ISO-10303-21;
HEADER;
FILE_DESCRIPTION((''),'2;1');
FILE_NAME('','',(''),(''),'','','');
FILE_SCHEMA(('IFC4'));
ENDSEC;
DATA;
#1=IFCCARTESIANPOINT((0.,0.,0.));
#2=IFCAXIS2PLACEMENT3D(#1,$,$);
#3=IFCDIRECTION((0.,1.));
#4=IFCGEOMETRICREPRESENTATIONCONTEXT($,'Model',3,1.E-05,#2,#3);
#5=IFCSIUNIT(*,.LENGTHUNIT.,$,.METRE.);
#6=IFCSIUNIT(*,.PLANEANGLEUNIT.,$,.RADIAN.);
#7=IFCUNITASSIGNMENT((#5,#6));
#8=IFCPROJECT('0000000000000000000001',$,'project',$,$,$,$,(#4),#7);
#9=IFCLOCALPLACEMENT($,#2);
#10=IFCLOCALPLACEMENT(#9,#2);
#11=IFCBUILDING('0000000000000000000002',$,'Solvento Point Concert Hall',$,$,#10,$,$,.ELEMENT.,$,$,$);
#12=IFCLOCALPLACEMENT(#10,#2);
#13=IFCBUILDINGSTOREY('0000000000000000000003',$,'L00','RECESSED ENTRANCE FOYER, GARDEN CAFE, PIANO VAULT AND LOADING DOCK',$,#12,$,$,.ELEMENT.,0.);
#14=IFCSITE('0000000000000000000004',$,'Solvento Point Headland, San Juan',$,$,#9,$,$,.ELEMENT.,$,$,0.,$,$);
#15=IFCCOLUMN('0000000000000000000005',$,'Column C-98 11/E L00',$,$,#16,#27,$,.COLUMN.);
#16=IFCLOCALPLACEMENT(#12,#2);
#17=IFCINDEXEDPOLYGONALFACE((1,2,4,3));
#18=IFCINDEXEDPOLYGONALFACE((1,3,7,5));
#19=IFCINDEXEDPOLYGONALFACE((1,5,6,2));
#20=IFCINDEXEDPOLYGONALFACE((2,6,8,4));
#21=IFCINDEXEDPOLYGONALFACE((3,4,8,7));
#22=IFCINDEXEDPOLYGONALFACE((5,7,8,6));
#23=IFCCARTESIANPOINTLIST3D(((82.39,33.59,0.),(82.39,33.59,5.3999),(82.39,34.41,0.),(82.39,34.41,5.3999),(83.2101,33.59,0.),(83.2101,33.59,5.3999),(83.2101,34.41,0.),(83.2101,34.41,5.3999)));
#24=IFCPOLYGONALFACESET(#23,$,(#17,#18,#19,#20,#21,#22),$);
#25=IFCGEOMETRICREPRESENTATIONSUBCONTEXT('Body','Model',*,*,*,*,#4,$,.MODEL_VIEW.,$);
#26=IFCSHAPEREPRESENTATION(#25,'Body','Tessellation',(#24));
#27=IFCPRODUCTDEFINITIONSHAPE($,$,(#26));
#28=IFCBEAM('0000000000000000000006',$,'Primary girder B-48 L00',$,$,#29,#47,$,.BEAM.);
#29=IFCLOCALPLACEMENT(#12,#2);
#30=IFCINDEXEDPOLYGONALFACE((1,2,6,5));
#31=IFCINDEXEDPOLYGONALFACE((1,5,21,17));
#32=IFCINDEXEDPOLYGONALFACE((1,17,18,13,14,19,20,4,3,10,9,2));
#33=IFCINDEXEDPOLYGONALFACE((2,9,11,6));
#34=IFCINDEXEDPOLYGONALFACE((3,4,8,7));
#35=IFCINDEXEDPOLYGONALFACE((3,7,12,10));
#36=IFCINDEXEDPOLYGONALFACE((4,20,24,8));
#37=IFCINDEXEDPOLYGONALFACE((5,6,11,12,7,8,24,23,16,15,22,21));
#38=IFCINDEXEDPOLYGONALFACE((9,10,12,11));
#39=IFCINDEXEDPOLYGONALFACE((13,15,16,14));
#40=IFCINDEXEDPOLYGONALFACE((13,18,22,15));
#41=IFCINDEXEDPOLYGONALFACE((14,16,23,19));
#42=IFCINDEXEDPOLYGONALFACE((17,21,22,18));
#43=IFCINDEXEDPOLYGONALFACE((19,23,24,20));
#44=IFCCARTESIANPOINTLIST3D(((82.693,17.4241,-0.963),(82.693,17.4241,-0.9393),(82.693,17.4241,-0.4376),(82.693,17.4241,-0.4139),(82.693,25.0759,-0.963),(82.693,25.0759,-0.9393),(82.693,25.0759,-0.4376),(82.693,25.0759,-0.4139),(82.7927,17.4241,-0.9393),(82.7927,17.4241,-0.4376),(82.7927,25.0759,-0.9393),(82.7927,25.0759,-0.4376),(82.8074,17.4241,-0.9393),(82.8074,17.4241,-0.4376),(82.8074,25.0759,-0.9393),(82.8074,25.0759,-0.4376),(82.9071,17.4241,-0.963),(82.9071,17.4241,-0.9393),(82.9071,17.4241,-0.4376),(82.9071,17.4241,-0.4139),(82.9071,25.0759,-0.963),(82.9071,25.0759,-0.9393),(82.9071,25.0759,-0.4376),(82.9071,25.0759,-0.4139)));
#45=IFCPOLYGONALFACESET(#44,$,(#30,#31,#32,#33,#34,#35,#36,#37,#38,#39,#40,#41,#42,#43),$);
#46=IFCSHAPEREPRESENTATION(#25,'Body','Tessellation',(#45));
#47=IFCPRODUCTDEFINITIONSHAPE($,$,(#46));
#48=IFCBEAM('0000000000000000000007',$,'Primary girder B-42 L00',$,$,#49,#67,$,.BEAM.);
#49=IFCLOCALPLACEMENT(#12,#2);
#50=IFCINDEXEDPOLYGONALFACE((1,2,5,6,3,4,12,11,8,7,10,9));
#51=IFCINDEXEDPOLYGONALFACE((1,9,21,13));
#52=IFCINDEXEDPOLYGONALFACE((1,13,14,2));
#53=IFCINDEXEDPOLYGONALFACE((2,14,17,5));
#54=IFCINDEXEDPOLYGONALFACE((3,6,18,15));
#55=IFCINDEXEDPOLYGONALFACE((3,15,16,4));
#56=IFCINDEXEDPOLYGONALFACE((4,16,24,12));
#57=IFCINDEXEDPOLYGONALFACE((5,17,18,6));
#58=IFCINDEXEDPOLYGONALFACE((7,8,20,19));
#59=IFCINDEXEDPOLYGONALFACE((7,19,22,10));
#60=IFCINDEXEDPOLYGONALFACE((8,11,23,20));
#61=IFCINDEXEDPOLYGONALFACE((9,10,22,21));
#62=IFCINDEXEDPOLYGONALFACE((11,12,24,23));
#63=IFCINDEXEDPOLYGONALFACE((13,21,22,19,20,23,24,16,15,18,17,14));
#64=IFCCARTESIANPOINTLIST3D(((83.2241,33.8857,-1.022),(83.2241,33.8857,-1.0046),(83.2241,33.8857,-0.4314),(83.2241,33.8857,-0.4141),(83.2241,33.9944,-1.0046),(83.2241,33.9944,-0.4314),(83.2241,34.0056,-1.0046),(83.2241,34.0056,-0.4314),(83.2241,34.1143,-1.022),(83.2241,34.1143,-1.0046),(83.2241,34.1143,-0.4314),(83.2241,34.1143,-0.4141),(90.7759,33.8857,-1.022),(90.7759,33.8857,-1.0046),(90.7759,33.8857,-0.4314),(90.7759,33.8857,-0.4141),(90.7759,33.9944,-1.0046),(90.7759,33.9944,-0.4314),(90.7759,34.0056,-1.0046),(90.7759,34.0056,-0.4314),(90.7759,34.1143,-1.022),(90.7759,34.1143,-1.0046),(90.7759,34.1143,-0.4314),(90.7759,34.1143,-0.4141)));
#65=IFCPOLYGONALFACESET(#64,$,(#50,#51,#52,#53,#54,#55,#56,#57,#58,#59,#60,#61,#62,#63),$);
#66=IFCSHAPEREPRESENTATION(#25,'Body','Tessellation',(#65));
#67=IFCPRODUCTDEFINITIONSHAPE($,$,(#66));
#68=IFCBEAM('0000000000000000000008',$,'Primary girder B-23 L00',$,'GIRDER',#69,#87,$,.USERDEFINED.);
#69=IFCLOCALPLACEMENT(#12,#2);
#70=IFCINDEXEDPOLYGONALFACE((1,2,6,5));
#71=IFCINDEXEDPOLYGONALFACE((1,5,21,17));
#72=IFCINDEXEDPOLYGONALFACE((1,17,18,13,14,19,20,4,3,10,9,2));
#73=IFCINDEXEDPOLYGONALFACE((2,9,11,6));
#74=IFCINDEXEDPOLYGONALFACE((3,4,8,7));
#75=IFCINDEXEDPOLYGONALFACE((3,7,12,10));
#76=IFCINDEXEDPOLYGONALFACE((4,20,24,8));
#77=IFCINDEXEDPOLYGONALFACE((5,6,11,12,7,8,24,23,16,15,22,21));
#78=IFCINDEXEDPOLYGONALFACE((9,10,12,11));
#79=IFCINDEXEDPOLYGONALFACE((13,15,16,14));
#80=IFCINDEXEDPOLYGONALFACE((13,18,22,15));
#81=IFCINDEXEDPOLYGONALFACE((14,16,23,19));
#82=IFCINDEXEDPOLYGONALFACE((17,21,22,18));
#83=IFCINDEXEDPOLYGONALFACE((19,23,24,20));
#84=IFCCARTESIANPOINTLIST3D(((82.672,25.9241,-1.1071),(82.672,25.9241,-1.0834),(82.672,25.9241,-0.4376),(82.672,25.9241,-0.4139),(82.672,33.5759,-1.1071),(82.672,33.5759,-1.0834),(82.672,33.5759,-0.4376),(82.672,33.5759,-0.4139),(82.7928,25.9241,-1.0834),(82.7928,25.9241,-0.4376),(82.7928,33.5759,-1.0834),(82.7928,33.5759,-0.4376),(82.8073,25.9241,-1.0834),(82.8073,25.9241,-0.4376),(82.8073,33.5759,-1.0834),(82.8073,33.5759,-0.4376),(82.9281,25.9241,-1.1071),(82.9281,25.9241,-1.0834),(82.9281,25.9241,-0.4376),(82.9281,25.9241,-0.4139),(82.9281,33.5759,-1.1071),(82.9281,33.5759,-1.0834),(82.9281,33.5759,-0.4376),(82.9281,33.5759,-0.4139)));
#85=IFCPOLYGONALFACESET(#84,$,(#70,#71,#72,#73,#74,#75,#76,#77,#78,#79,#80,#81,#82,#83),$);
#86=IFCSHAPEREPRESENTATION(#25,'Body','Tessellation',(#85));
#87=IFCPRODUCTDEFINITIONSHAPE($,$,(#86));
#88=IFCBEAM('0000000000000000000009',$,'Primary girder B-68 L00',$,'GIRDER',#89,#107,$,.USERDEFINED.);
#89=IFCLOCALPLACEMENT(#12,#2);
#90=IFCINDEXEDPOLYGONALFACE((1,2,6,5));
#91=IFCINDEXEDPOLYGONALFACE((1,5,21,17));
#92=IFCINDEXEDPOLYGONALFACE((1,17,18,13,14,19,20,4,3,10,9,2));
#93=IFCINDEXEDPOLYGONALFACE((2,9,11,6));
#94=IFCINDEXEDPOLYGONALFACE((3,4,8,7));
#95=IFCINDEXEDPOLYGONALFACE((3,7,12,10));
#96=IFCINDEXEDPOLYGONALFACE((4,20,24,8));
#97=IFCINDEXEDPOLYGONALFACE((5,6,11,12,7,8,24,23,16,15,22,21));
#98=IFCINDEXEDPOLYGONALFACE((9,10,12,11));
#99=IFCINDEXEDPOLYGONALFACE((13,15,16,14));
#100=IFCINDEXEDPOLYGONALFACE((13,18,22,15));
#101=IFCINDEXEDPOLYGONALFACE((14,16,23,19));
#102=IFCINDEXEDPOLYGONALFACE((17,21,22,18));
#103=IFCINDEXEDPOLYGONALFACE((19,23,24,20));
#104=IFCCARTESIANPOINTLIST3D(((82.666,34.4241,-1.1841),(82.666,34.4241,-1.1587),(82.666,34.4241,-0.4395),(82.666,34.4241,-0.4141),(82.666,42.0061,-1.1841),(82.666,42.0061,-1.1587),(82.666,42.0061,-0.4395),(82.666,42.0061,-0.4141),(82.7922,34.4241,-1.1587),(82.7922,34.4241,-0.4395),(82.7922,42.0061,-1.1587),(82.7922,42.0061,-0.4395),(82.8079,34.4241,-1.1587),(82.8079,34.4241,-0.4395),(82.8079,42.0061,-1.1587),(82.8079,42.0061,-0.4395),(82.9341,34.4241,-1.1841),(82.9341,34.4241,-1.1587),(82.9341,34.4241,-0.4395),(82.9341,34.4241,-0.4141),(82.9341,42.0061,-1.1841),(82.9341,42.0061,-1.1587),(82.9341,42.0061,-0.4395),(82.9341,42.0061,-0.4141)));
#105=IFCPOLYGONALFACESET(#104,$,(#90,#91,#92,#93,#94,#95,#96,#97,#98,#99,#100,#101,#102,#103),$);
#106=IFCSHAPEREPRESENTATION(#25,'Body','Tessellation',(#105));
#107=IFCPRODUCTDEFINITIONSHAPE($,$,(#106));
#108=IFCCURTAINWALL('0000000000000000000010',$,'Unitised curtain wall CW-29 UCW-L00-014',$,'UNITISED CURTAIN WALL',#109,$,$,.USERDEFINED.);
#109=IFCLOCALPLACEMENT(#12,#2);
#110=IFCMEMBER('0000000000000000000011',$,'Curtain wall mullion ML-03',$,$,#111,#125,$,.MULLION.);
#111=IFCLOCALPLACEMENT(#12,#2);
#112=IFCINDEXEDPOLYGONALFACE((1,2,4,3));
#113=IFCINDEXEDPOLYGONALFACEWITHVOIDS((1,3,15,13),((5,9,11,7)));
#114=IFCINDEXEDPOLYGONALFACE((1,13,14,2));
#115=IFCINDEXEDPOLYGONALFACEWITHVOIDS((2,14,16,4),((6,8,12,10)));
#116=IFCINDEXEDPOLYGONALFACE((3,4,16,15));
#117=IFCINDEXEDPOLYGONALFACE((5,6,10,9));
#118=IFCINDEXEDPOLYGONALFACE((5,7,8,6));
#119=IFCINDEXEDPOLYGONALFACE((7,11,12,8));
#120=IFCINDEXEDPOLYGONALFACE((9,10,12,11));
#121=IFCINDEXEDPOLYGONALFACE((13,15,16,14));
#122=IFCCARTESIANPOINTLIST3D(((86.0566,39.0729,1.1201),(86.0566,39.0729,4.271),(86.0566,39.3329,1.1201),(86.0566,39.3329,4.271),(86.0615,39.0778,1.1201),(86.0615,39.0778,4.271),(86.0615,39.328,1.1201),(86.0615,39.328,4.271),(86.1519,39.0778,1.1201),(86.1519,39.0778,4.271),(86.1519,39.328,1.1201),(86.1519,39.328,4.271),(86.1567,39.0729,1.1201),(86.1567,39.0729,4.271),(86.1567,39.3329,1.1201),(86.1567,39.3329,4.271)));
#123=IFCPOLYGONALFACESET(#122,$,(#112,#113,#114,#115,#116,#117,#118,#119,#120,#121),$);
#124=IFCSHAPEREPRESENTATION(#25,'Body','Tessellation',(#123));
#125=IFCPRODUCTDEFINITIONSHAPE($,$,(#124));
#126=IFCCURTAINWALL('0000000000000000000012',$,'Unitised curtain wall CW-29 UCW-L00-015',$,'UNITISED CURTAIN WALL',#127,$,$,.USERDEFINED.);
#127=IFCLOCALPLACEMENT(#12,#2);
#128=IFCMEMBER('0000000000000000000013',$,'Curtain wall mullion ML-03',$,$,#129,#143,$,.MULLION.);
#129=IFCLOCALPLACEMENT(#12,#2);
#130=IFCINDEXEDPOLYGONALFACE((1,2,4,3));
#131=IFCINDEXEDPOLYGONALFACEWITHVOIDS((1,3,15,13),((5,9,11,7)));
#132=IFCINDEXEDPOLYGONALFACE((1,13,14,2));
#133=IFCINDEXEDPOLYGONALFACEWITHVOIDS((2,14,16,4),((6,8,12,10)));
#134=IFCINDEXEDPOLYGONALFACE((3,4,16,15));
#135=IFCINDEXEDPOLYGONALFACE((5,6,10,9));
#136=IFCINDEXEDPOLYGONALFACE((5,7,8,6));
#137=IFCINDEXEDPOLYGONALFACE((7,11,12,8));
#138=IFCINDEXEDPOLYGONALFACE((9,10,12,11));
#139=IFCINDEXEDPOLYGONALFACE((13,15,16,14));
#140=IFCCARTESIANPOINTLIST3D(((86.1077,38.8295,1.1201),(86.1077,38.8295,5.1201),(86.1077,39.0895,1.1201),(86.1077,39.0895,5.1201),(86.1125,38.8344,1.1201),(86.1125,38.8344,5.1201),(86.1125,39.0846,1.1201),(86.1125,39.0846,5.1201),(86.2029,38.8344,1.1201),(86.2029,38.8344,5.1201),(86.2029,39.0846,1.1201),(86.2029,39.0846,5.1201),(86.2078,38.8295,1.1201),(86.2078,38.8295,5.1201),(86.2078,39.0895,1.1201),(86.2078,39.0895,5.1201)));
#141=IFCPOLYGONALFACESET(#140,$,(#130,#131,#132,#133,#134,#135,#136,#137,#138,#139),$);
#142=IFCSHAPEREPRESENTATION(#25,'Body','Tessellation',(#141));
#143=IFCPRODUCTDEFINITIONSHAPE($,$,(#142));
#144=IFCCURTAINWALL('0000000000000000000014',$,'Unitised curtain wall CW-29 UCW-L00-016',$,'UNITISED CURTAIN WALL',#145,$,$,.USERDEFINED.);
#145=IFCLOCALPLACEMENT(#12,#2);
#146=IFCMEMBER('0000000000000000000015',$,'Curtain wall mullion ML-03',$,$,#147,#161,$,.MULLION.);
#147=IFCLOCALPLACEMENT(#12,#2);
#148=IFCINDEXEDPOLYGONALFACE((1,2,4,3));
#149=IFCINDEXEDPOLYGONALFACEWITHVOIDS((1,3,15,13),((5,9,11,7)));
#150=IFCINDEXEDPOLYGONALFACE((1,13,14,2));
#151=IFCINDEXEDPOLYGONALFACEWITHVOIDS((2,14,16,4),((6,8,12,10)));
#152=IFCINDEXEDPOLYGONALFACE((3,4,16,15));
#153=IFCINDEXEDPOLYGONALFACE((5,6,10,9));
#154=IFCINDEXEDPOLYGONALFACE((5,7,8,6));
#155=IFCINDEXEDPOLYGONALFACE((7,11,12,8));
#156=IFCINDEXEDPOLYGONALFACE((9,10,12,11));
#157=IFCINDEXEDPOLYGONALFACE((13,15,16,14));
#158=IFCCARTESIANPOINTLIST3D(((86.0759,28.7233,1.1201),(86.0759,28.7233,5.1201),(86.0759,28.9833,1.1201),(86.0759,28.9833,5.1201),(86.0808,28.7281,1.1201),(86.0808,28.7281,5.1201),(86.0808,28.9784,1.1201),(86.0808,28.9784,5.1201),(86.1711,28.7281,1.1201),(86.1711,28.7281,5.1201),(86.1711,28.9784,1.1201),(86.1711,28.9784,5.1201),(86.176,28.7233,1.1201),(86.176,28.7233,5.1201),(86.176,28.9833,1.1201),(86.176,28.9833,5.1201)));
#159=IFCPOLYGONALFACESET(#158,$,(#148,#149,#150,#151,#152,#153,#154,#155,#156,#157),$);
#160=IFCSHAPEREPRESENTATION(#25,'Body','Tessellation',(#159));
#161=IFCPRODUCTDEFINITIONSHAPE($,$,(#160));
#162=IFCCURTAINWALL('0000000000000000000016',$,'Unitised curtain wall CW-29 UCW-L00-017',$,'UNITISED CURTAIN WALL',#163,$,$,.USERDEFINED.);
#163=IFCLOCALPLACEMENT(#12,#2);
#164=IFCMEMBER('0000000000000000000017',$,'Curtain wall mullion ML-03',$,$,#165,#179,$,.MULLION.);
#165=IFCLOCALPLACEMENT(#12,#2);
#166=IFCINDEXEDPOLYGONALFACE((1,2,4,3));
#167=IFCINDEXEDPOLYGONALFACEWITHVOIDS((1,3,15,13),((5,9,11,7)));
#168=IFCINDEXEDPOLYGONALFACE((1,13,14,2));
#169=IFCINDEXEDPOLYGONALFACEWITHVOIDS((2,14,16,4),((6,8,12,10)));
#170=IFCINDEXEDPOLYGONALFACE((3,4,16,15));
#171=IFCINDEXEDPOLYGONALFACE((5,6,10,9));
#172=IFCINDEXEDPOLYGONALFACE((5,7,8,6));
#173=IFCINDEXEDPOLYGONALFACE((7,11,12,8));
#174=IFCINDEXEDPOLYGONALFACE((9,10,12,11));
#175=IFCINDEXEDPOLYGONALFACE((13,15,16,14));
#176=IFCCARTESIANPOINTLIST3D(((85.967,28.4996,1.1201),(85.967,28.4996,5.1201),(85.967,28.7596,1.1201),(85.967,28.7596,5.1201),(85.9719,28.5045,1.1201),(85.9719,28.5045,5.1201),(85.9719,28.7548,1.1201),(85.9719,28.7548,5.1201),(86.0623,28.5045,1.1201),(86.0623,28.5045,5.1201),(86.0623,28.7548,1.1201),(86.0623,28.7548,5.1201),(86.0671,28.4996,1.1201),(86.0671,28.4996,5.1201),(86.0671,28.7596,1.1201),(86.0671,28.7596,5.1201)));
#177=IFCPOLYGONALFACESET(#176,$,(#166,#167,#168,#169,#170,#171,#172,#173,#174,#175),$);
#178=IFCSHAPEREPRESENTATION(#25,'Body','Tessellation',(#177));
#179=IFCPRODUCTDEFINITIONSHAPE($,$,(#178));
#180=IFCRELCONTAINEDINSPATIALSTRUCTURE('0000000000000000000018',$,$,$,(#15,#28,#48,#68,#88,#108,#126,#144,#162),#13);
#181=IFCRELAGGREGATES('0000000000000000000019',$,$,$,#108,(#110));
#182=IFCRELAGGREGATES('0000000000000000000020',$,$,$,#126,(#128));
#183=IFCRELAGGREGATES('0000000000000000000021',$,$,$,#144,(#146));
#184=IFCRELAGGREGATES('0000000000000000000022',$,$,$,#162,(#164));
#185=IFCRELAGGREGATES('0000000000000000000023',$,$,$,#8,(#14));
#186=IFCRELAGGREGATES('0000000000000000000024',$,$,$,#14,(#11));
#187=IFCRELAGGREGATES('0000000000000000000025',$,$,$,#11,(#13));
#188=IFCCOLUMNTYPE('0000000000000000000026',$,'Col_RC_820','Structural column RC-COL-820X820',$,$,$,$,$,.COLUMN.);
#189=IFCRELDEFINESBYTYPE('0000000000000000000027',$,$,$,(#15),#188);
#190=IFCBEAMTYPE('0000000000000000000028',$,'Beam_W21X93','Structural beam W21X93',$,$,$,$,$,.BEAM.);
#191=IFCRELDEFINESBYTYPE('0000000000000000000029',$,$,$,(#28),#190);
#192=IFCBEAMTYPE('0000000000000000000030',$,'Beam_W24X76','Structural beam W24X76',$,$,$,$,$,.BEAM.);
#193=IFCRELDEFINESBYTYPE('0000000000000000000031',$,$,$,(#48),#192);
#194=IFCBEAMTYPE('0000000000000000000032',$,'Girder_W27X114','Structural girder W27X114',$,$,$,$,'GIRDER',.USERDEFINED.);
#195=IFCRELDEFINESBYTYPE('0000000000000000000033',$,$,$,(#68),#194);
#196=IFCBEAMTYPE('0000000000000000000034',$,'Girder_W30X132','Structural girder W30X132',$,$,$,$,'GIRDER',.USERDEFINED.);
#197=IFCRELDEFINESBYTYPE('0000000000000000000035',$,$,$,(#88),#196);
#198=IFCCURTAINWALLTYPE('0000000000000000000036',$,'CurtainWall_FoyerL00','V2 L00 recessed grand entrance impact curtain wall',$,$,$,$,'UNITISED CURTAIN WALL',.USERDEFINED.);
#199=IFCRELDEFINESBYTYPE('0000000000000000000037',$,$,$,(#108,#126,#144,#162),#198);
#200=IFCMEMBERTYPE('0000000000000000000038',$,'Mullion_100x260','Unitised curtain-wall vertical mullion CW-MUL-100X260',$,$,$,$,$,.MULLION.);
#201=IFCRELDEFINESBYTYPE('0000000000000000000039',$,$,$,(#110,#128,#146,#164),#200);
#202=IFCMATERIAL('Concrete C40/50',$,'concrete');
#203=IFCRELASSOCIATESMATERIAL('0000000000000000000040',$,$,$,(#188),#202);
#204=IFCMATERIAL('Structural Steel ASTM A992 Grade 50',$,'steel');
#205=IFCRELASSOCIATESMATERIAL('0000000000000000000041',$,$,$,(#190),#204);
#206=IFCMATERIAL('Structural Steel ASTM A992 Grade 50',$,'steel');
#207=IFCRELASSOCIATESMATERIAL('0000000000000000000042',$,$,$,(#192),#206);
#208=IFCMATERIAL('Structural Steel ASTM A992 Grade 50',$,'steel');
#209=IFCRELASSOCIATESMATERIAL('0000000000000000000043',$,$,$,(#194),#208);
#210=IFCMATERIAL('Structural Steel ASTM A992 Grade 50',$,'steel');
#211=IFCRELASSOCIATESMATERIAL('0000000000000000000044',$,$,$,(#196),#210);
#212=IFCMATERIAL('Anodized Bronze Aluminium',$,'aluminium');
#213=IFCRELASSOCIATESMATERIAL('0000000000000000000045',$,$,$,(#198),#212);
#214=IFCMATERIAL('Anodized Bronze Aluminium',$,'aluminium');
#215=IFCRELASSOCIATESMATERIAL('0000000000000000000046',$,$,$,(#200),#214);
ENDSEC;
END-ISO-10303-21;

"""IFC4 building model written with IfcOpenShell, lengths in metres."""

from ifc_helpers import new_model, si_unit, direction, frame, origin, origin_2d, place, context, subcontext, project, spatial, rectangle, hollow_rectangle, i_section, extrude, material, material_profile, profile_set, type_object, element, aggregate, save


model = new_model("IFC4")

# Units and contexts
model_context = context("Model", 3, precision=1e-05, world=origin(), true_north=direction((0.0, 1.0)))
body_context = subcontext(model_context, "Body", "Model", "MODEL_VIEW")
ifc_project = project(units=[si_unit("LENGTHUNIT", "METRE"), si_unit("PLANEANGLEUNIT", "RADIAN")], contexts=[model_context])

# Site, building, storey
site_placement = place(None, origin())
site = spatial("IfcSite", under=ifc_project, at=site_placement, Name="Solvento Point Headland, San Juan", CompositionType="ELEMENT", RefElevation=0.0)
building_placement = place(site_placement, origin())
building = spatial("IfcBuilding", under=site, at=building_placement, Name="Solvento Point Concert Hall", CompositionType="ELEMENT")
storey_placement = place(building_placement, origin())
storey = spatial("IfcBuildingStorey", under=building, at=storey_placement, Name="L00", Description="RECESSED ENTRANCE FOYER, GARDEN CAFE, PIANO VAULT AND LOADING DOCK", CompositionType="ELEMENT", Elevation=0.0)

# Column
ifc_material_1 = material(Name="Concrete C40/50", Category="concrete")
ifc_material_profile_1 = material_profile(ifc_material_1, rectangle(XDim=0.8201, YDim=0.8201, at=origin_2d()), Name="RC-COL-820X820")
ifc_profile_set_1 = profile_set([ifc_material_profile_1], Name="Concrete C40/50")
column_type = type_object("IfcColumnType", Name="Col_RC_820", Description="Structural column RC-COL-820X820", PredefinedType="COLUMN", material=ifc_profile_set_1)
column_placement = place(storey_placement, frame((82.8, 34.0, 0.0), z_axis=(0.0, 0.0, 1.0), x_axis=(1.0, 0.0, 0.0)))
element("IfcColumn", 1, at=column_placement, inside=storey, type_object=column_type, Name="Column C-98 11/E L00", PredefinedType="COLUMN", context=body_context, shape_type="SweptSolid", body=[
    extrude(rectangle(XDim=0.8201, YDim=0.8201, at=origin_2d()), origin(), (0.0, 0.0, 1.0), 5.3999),
])

# Beams
ifc_material_2 = material(Name="Structural Steel ASTM A992 Grade 50", Category="steel")
ifc_material_profile_2 = material_profile(ifc_material_2, i_section(OverallWidth=0.2141, OverallDepth=0.5491, WebThickness=0.0146, FlangeThickness=0.0237, at=origin_2d()), Name="W21X93")
ifc_profile_set_2 = profile_set([ifc_material_profile_2], Name="Structural Steel ASTM A992 Grade 50")
beam_type_1 = type_object("IfcBeamType", Name="Beam_W21X93", Description="Structural beam W21X93", PredefinedType="BEAM", material=ifc_profile_set_2)
beam_1_placement = place(storey_placement, frame((82.8, 17.4241, -0.6885), z_axis=(0.0, 1.0, 0.0), x_axis=(-1.0, 0.0, 0.0)))
element("IfcBeam", 2, at=beam_1_placement, inside=storey, type_object=beam_type_1, Name="Primary girder B-48 L00", PredefinedType="BEAM", context=body_context, shape_type="SweptSolid", body=[
    extrude(i_section(OverallWidth=0.2141, OverallDepth=0.5491, WebThickness=0.0146, FlangeThickness=0.0237, at=origin_2d()), origin(), (0.0, 0.0, 1.0), 7.6519),
])
ifc_material_3 = material(Name="Structural Steel ASTM A992 Grade 50", Category="steel")
ifc_material_profile_3 = material_profile(ifc_material_3, i_section(OverallWidth=0.2285, OverallDepth=0.6079, WebThickness=0.0112, FlangeThickness=0.0173, at=origin_2d()), Name="W24X76")
ifc_profile_set_3 = profile_set([ifc_material_profile_3], Name="Structural Steel ASTM A992 Grade 50")
beam_type_2 = type_object("IfcBeamType", Name="Beam_W24X76", Description="Structural beam W24X76", PredefinedType="BEAM", material=ifc_profile_set_3)
beam_2_placement = place(storey_placement, frame((83.2241, 34.0, -0.718), z_axis=(1.0, 0.0, 0.0), x_axis=(0.0, 1.0, 0.0)))
element("IfcBeam", 3, at=beam_2_placement, inside=storey, type_object=beam_type_2, Name="Primary girder B-42 L00", PredefinedType="BEAM", context=body_context, shape_type="SweptSolid", body=[
    extrude(i_section(OverallWidth=0.2285, OverallDepth=0.6079, WebThickness=0.0112, FlangeThickness=0.0173, at=origin_2d()), origin(), (0.0, 0.0, 1.0), 7.5518),
])
ifc_material_4 = material(Name="Structural Steel ASTM A992 Grade 50", Category="steel")
ifc_material_profile_4 = material_profile(ifc_material_4, i_section(OverallWidth=0.2561, OverallDepth=0.6931, WebThickness=0.0144, FlangeThickness=0.0237, at=origin_2d()), Name="W27X114")
ifc_profile_set_4 = profile_set([ifc_material_profile_4], Name="Structural Steel ASTM A992 Grade 50")
beam_type_3 = type_object("IfcBeamType", Name="Girder_W27X114", Description="Structural girder W27X114", ElementType="GIRDER", PredefinedType="USERDEFINED", material=ifc_profile_set_4)
beam_3_placement = place(storey_placement, frame((82.8, 25.9241, -0.7605), z_axis=(0.0, 1.0, 0.0), x_axis=(-1.0, 0.0, 0.0)))
element("IfcBeam", 4, at=beam_3_placement, inside=storey, type_object=beam_type_3, Name="Primary girder B-23 L00", ObjectType="GIRDER", PredefinedType="USERDEFINED", context=body_context, shape_type="SweptSolid", body=[
    extrude(i_section(OverallWidth=0.2561, OverallDepth=0.6931, WebThickness=0.0144, FlangeThickness=0.0237, at=origin_2d()), origin(), (0.0, 0.0, 1.0), 7.6519),
])
ifc_material_5 = material(Name="Structural Steel ASTM A992 Grade 50", Category="steel")
ifc_material_profile_5 = material_profile(ifc_material_5, i_section(OverallWidth=0.2681, OverallDepth=0.77, WebThickness=0.0156, FlangeThickness=0.0254, at=origin_2d()), Name="W30X132")
ifc_profile_set_5 = profile_set([ifc_material_profile_5], Name="Structural Steel ASTM A992 Grade 50")
beam_type_4 = type_object("IfcBeamType", Name="Girder_W30X132", Description="Structural girder W30X132", ElementType="GIRDER", PredefinedType="USERDEFINED", material=ifc_profile_set_5)
beam_4_placement = place(storey_placement, frame((82.8, 34.4241, -0.7991), z_axis=(0.0, 1.0, 0.0), x_axis=(-1.0, 0.0, 0.0)))
element("IfcBeam", 5, at=beam_4_placement, inside=storey, type_object=beam_type_4, Name="Primary girder B-68 L00", ObjectType="GIRDER", PredefinedType="USERDEFINED", context=body_context, shape_type="SweptSolid", body=[
    extrude(i_section(OverallWidth=0.2681, OverallDepth=0.77, WebThickness=0.0156, FlangeThickness=0.0254, at=origin_2d()), origin(), (0.0, 0.0, 1.0), 7.582),
])

# Curtain walls, members
ifc_material_6 = material(Name="Anodized Bronze Aluminium", Category="aluminium")
curtain_wall_type = type_object("IfcCurtainWallType", Name="CurtainWall_FoyerL00", Description="V2 L00 recessed grand entrance impact curtain wall", ElementType="UNITISED CURTAIN WALL", PredefinedType="USERDEFINED", material=ifc_material_6)
curtain_wall_1_placement = place(storey_placement, origin())
curtain_wall_1 = element("IfcCurtainWall", 6, at=curtain_wall_1_placement, inside=storey, type_object=curtain_wall_type, Name="Unitised curtain wall CW-29 UCW-L00-014", ObjectType="UNITISED CURTAIN WALL", PredefinedType="USERDEFINED")
ifc_material_7 = material(Name="Anodized Bronze Aluminium", Category="aluminium")
ifc_material_profile_6 = material_profile(ifc_material_7, hollow_rectangle(XDim=0.1001, YDim=0.26, WallThickness=0.0049, at=origin_2d()), Name="CW-MUL-100X260")
ifc_profile_set_6 = profile_set([ifc_material_profile_6], Name="Anodized Bronze Aluminium")
member_type_1 = type_object("IfcMemberType", Name="Mullion_100x260", Description="Unitised curtain-wall vertical mullion CW-MUL-100X260", PredefinedType="MULLION", material=ifc_profile_set_6)
member_1_placement = place(storey_placement, frame((86.1067, 39.2029, 1.1201), z_axis=(0.0, 0.0, 1.0), x_axis=(1.0, 0.0, 0.0)))
member_1 = element("IfcMember", 7, at=member_1_placement, type_object=member_type_1, Name="Curtain wall mullion ML-03", PredefinedType="MULLION", context=body_context, shape_type="SweptSolid", body=[
    extrude(hollow_rectangle(XDim=0.1001, YDim=0.26, WallThickness=0.0049, at=origin_2d()), origin(), (0.0, 0.0, 1.0), 3.1509),
])
curtain_wall_2_placement = place(storey_placement, origin())
curtain_wall_2 = element("IfcCurtainWall", 8, at=curtain_wall_2_placement, inside=storey, type_object=curtain_wall_type, Name="Unitised curtain wall CW-29 UCW-L00-015", ObjectType="UNITISED CURTAIN WALL", PredefinedType="USERDEFINED")
member_2_placement = place(storey_placement, frame((86.1577, 38.9595, 1.1201), z_axis=(0.0, 0.0, 1.0), x_axis=(1.0, 0.0, 0.0)))
member_2 = element("IfcMember", 9, at=member_2_placement, type_object=member_type_1, Name="Curtain wall mullion ML-03", PredefinedType="MULLION", context=body_context, shape_type="SweptSolid", body=[
    extrude(hollow_rectangle(XDim=0.1001, YDim=0.26, WallThickness=0.0049, at=origin_2d()), origin(), (0.0, 0.0, 1.0), 4.0),
])
curtain_wall_3_placement = place(storey_placement, origin())
curtain_wall_3 = element("IfcCurtainWall", 10, at=curtain_wall_3_placement, inside=storey, type_object=curtain_wall_type, Name="Unitised curtain wall CW-29 UCW-L00-016", ObjectType="UNITISED CURTAIN WALL", PredefinedType="USERDEFINED")
member_3_placement = place(storey_placement, frame((86.126, 28.8533, 1.1201), z_axis=(0.0, 0.0, 1.0), x_axis=(1.0, 0.0, 0.0)))
member_3 = element("IfcMember", 11, at=member_3_placement, type_object=member_type_1, Name="Curtain wall mullion ML-03", PredefinedType="MULLION", context=body_context, shape_type="SweptSolid", body=[
    extrude(hollow_rectangle(XDim=0.1001, YDim=0.26, WallThickness=0.0049, at=origin_2d()), origin(), (0.0, 0.0, 1.0), 4.0),
])

# Curtain wall, member
curtain_wall_4_placement = place(storey_placement, origin())
curtain_wall_4 = element("IfcCurtainWall", 12, at=curtain_wall_4_placement, inside=storey, type_object=curtain_wall_type, Name="Unitised curtain wall CW-29 UCW-L00-017", ObjectType="UNITISED CURTAIN WALL", PredefinedType="USERDEFINED")
member_4_placement = place(storey_placement, frame((86.0171, 28.6296, 1.1201), z_axis=(0.0, 0.0, 1.0), x_axis=(1.0, 0.0, 0.0)))
member_4 = element("IfcMember", 13, at=member_4_placement, type_object=member_type_1, Name="Curtain wall mullion ML-03", PredefinedType="MULLION", context=body_context, shape_type="SweptSolid", body=[
    extrude(hollow_rectangle(XDim=0.1001, YDim=0.26, WallThickness=0.0049, at=origin_2d()), origin(), (0.0, 0.0, 1.0), 4.0),
])

aggregate(curtain_wall_1, [member_1])
aggregate(curtain_wall_2, [member_2])
aggregate(curtain_wall_3, [member_3])
aggregate(curtain_wall_4, [member_4])

save(model, "model.ifc")
